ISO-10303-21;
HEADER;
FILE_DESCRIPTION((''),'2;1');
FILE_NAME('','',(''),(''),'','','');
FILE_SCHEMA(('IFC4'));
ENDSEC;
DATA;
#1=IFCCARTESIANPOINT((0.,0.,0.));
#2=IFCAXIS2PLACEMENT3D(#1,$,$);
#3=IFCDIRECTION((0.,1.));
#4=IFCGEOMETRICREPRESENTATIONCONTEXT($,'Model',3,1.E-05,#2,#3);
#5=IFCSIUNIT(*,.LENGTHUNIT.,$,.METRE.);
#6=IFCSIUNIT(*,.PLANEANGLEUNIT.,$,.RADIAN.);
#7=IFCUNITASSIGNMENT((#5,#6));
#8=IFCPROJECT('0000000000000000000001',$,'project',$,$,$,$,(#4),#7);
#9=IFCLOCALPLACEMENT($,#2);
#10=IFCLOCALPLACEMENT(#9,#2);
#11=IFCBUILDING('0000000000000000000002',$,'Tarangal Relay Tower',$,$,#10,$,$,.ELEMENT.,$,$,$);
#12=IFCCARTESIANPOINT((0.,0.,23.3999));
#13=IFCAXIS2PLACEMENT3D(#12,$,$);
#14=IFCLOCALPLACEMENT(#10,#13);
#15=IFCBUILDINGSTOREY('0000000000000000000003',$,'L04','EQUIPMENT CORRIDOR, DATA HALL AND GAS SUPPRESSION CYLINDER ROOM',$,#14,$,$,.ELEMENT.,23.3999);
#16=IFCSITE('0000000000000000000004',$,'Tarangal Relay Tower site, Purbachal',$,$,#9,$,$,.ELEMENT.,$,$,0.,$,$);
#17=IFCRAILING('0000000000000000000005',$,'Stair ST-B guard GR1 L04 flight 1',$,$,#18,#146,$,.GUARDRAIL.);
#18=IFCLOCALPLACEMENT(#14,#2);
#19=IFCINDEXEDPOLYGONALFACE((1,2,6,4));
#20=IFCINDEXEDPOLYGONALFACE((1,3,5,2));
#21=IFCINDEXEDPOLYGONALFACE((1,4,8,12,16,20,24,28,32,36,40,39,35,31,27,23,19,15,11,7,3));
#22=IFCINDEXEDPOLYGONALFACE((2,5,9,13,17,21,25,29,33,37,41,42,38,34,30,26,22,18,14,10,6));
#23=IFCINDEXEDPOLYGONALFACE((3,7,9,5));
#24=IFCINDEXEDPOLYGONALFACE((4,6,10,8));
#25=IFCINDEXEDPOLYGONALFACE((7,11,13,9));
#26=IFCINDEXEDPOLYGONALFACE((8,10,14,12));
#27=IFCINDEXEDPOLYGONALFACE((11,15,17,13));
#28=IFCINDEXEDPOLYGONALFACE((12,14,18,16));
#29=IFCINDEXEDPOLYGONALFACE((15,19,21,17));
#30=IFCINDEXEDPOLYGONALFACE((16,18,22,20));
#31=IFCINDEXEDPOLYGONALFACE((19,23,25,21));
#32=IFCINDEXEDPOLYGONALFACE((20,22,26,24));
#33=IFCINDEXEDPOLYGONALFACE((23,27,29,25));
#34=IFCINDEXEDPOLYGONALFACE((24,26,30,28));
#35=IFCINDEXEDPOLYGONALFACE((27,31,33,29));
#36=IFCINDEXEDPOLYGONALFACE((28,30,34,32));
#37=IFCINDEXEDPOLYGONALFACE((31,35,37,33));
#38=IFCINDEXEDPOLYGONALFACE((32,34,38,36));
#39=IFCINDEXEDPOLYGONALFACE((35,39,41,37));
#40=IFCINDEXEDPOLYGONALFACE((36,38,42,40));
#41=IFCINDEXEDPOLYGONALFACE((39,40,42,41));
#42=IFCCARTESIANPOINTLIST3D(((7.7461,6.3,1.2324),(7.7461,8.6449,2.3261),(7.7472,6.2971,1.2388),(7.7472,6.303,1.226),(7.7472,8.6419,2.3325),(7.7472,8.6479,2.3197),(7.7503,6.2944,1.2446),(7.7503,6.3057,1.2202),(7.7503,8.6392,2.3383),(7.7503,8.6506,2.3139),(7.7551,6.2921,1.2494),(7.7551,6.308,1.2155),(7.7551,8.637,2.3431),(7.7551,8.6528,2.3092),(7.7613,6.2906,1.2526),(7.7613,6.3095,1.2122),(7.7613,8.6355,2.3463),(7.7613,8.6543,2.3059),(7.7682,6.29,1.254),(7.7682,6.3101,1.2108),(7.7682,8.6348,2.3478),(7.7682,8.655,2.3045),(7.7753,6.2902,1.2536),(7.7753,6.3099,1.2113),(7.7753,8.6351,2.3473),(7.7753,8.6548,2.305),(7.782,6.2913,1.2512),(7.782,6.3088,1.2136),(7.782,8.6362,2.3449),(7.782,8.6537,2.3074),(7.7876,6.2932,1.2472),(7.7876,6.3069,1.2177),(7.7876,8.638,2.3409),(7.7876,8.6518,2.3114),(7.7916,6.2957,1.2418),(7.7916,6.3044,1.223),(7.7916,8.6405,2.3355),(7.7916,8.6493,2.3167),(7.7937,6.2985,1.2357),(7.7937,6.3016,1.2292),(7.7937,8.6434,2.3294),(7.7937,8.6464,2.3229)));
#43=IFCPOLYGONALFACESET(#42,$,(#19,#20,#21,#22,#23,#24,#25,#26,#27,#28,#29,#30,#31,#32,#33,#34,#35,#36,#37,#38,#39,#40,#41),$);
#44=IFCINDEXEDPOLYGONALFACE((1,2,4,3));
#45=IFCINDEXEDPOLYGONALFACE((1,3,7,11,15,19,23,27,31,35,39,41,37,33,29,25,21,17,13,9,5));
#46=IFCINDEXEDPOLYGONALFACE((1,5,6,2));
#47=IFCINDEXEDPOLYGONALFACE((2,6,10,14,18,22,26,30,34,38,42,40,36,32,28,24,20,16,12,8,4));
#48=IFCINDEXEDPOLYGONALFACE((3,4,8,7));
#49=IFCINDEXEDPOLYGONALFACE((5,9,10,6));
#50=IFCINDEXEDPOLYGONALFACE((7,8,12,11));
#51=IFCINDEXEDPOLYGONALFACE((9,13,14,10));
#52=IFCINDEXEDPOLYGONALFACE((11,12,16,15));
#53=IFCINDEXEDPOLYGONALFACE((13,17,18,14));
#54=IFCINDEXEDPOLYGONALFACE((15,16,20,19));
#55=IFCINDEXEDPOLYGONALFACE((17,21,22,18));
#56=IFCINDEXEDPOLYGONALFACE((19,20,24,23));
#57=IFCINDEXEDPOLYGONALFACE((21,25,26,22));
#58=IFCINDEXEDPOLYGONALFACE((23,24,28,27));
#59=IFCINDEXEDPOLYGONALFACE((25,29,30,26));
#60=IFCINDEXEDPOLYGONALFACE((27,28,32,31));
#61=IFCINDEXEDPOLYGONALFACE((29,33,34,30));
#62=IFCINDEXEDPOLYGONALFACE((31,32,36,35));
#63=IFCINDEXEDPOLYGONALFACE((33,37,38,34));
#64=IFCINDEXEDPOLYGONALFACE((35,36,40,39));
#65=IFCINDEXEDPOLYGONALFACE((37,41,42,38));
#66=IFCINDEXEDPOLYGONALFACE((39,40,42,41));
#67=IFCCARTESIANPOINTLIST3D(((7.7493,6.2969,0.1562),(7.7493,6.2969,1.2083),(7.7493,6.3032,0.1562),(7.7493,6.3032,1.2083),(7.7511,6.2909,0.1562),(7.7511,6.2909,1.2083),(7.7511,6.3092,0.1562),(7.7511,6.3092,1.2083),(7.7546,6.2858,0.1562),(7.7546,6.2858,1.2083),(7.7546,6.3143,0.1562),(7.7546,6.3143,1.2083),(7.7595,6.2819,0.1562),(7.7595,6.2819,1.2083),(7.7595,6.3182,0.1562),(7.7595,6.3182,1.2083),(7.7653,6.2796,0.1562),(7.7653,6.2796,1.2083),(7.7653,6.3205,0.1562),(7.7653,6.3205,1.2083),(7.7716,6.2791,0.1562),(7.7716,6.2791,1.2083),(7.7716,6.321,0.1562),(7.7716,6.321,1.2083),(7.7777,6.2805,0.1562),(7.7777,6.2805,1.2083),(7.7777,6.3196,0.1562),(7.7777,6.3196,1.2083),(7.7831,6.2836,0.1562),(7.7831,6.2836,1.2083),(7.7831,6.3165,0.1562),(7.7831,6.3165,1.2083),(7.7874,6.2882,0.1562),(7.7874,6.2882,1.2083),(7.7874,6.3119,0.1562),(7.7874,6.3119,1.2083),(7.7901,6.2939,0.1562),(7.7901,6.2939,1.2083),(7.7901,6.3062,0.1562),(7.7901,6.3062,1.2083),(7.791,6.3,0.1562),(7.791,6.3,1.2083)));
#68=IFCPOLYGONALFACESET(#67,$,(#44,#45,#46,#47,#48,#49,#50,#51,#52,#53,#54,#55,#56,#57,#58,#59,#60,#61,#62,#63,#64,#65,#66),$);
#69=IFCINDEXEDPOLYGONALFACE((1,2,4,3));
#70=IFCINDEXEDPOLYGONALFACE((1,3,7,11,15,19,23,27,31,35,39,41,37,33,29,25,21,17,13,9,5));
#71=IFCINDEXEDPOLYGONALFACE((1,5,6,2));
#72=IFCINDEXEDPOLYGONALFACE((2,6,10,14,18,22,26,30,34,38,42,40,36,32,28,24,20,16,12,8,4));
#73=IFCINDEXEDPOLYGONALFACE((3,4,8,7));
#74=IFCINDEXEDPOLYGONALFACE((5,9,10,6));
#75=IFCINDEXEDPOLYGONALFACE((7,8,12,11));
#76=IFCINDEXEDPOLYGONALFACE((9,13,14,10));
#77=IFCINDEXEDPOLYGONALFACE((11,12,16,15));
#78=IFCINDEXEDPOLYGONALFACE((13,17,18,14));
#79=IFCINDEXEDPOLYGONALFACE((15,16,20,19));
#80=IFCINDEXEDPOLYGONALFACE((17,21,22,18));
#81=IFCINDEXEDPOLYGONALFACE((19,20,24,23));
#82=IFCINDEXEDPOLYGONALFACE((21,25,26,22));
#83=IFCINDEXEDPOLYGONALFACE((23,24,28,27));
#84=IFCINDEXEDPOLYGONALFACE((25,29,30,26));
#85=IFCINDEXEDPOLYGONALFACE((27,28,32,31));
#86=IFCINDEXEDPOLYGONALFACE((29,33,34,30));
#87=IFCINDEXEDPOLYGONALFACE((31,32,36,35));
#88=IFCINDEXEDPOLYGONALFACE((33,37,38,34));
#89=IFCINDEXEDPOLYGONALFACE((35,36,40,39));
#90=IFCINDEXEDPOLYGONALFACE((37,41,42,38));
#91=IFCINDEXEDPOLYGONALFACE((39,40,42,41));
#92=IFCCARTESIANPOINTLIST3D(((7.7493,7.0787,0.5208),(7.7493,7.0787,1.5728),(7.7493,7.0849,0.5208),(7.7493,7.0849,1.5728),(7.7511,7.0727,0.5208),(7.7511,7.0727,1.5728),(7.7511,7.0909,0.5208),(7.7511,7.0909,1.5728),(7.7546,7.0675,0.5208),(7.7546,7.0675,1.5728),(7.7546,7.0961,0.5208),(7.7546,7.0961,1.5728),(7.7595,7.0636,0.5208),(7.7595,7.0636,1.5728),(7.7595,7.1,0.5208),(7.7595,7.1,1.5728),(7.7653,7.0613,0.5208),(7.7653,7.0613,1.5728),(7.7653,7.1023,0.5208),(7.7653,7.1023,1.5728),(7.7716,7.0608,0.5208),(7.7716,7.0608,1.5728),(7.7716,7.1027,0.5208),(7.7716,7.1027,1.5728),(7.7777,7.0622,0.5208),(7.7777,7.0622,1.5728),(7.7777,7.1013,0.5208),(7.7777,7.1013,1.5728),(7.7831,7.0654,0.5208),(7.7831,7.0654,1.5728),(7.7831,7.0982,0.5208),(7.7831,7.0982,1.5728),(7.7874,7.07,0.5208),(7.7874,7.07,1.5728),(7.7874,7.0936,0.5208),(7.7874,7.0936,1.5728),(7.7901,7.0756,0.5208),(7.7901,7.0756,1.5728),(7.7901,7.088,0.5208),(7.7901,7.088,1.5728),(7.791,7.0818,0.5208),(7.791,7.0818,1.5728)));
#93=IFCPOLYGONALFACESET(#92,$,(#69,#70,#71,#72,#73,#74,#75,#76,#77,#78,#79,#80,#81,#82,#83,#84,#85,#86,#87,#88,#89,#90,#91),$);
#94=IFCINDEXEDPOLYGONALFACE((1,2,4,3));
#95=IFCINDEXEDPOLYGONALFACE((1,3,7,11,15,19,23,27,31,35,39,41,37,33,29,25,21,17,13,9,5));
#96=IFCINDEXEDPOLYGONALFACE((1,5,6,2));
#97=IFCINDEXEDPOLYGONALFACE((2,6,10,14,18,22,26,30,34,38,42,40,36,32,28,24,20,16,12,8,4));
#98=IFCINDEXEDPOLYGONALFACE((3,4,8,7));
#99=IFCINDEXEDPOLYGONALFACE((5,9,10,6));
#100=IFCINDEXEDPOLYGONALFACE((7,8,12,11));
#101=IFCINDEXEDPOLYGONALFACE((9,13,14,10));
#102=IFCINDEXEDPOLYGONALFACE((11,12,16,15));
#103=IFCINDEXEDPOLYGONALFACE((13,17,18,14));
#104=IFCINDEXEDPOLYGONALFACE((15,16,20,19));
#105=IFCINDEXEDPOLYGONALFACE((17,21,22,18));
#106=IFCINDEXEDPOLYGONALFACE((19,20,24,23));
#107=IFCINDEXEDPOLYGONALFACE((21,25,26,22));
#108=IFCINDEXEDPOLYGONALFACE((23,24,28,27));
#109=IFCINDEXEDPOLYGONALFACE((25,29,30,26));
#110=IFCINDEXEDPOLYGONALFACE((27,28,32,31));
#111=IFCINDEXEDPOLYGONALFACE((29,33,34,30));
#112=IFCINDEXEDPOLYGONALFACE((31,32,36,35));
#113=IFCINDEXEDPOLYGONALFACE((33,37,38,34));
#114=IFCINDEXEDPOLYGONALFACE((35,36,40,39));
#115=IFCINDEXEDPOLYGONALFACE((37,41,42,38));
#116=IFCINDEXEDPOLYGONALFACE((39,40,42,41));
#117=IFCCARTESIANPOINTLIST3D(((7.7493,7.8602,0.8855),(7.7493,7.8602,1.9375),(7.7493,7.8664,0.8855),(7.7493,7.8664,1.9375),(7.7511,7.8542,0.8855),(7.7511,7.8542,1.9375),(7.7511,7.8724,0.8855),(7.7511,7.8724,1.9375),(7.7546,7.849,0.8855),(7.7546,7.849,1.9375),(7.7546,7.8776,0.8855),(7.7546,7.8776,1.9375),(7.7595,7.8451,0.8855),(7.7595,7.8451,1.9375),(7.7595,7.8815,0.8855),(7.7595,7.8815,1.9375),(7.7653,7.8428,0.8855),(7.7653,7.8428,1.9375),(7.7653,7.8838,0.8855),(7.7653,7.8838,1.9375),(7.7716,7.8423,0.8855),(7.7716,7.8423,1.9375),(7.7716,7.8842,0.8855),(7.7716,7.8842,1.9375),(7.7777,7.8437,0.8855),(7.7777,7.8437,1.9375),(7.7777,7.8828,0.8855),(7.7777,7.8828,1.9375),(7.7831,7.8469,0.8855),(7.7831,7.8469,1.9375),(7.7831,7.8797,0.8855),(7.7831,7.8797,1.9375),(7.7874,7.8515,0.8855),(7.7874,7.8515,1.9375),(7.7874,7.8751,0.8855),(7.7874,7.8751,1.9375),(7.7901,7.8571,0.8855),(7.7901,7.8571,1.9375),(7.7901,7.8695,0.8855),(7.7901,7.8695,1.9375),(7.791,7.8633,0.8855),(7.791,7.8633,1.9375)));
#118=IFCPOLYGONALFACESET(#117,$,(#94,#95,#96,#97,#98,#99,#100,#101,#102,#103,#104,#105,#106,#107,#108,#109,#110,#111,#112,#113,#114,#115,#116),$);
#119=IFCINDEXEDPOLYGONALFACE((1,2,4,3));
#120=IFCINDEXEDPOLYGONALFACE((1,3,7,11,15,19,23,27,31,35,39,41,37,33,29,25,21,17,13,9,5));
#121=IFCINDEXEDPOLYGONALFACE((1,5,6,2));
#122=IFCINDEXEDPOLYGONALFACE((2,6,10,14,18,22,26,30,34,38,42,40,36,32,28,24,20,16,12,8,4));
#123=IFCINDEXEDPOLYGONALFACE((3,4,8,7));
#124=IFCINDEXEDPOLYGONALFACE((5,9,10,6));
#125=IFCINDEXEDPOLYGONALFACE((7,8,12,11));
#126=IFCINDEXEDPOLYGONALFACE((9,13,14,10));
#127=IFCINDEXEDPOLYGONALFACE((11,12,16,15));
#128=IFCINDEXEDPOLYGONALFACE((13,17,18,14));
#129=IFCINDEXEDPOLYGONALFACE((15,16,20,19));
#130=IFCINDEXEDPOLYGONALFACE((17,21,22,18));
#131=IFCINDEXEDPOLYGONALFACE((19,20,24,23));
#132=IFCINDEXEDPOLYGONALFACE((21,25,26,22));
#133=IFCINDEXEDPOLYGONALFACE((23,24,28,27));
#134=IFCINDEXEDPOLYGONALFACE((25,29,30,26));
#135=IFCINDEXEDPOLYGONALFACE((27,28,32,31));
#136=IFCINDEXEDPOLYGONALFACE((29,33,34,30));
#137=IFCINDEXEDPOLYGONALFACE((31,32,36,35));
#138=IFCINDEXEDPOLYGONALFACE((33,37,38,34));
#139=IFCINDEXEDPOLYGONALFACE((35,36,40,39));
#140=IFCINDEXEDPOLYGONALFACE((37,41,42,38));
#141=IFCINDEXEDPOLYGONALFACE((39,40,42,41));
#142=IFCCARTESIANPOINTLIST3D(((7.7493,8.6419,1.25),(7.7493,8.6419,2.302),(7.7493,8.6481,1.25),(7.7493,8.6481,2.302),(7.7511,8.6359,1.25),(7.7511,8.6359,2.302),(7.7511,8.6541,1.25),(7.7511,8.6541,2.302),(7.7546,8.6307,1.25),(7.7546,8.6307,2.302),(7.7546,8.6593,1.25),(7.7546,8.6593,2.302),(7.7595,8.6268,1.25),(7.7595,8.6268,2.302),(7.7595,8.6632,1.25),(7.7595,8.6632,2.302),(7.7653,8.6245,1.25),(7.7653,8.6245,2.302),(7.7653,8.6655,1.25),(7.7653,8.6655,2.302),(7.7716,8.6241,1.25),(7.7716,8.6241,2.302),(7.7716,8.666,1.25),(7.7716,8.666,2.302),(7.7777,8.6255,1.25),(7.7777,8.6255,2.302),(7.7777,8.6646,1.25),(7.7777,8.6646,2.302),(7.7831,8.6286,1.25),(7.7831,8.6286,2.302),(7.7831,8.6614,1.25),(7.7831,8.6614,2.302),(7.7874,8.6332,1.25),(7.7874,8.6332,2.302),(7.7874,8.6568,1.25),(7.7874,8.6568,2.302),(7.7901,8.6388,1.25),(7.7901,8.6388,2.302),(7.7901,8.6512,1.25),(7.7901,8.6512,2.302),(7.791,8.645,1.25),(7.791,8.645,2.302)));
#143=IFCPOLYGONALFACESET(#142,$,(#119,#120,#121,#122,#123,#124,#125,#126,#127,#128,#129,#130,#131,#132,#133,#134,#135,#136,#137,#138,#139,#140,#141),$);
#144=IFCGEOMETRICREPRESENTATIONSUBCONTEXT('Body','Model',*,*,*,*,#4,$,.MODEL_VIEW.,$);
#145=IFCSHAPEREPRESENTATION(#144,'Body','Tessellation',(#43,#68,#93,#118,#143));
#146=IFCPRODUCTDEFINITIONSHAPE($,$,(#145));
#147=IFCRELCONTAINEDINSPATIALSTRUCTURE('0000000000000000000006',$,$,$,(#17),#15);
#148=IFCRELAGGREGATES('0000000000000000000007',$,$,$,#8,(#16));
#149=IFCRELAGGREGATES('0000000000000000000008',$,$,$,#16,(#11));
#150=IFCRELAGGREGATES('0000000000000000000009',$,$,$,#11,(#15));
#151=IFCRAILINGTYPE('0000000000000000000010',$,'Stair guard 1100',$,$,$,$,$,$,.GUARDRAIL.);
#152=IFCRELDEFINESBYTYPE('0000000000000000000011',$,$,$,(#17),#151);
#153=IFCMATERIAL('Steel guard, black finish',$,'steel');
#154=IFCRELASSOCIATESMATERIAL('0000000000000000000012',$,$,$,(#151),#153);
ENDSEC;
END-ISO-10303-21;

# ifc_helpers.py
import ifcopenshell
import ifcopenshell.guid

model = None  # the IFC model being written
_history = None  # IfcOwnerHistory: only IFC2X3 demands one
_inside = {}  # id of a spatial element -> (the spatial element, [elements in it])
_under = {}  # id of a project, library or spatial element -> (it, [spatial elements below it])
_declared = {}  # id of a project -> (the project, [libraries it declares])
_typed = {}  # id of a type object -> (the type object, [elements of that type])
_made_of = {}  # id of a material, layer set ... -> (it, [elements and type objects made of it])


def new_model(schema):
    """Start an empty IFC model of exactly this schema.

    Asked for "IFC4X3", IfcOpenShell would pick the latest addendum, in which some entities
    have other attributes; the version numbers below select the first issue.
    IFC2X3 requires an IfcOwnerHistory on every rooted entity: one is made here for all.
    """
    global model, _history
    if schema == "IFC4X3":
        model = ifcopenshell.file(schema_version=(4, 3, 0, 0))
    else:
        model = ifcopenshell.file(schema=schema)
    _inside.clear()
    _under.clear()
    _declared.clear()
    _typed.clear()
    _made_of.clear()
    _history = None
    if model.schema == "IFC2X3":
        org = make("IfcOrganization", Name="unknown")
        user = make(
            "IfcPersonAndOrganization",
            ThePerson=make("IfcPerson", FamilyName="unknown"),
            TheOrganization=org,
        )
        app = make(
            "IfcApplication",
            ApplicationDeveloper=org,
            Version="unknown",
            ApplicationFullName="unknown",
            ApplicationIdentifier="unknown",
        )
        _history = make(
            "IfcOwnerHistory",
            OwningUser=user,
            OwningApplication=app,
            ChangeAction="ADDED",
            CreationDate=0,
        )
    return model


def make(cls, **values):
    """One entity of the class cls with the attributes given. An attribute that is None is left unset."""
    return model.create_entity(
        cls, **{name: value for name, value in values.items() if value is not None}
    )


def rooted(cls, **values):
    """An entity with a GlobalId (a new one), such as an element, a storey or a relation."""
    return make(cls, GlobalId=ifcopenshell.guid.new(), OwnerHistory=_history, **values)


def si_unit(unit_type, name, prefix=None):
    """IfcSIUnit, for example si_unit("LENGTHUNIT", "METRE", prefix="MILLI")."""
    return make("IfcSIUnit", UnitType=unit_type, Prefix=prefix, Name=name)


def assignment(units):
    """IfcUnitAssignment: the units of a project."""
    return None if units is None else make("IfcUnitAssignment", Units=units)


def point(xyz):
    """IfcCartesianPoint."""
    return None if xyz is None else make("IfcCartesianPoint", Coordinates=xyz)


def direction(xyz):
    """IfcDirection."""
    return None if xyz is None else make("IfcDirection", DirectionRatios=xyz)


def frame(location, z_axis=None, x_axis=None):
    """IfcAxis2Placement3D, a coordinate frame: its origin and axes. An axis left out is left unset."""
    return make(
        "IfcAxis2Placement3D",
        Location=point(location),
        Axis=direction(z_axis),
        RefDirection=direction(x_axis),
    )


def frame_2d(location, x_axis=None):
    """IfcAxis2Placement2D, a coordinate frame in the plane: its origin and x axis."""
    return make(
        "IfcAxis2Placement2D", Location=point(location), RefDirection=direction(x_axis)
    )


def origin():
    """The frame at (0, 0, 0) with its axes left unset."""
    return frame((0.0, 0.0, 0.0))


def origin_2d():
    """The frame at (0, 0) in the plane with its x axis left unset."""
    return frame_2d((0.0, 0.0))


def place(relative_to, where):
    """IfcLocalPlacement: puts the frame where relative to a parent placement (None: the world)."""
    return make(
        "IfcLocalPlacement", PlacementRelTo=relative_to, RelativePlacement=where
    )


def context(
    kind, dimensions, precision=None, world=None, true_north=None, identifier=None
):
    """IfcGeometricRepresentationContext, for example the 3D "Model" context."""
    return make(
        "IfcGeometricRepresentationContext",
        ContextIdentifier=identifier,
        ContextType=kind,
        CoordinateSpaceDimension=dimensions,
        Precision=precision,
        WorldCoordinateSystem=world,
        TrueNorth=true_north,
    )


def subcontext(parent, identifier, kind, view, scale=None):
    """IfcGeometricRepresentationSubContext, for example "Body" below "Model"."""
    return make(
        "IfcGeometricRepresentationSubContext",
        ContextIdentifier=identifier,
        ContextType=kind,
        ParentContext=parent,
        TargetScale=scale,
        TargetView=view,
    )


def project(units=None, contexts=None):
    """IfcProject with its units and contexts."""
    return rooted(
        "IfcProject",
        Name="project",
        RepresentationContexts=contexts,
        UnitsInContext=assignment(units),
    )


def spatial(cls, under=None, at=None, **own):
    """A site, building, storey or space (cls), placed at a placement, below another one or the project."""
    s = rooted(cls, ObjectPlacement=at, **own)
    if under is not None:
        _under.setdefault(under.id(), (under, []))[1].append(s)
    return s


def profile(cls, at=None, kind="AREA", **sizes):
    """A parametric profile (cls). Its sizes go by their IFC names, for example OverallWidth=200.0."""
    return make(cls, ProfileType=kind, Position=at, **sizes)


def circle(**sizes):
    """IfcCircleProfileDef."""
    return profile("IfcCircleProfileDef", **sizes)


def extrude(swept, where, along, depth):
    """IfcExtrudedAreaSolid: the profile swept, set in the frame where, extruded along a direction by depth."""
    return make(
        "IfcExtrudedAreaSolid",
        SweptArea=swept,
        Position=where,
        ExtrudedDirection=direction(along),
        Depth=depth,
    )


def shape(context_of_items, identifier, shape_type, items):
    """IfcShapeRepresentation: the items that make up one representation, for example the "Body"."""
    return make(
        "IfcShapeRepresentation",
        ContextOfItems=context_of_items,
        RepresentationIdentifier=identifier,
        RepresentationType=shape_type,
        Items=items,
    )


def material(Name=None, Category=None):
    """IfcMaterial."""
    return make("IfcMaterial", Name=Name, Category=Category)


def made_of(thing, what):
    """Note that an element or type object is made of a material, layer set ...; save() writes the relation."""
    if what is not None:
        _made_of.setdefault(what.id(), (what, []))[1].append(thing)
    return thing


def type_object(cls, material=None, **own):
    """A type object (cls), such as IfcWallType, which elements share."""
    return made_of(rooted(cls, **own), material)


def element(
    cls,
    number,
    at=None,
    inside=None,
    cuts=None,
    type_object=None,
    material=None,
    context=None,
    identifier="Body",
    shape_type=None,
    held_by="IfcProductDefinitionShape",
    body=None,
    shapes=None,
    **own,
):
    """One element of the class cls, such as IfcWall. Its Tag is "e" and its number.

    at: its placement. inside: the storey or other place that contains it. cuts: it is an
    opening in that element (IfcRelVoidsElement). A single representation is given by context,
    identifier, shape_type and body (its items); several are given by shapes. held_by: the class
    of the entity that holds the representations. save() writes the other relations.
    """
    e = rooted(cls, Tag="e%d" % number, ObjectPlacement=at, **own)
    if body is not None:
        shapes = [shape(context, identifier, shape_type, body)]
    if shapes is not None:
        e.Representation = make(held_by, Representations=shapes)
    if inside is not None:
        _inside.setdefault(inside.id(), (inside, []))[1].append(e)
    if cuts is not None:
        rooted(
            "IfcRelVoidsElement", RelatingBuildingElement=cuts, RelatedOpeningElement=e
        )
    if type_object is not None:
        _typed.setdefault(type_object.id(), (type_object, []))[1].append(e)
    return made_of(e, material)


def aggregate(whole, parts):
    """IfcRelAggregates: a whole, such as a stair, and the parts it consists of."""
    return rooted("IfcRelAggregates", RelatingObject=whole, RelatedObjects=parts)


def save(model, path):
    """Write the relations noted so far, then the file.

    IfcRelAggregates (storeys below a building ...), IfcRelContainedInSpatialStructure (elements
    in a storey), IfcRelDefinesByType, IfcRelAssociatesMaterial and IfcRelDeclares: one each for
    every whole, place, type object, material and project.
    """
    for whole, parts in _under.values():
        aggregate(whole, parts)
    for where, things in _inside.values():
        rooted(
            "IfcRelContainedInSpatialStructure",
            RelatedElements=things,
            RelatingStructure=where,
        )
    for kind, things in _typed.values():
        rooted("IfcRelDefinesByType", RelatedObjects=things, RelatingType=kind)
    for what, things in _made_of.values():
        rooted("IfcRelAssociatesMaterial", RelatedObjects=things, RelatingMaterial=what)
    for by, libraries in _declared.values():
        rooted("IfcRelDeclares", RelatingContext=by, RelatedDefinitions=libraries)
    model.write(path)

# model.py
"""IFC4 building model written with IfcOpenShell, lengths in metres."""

from ifc_helpers import new_model, si_unit, direction, frame, origin, origin_2d, place, context, subcontext, project, spatial, circle, extrude, material, type_object, element, save


model = new_model("IFC4")

# Units and contexts
model_context = context("Model", 3, precision=1e-05, world=origin(), true_north=direction((0.0, 1.0)))
body_context = subcontext(model_context, "Body", "Model", "MODEL_VIEW")
ifc_project = project(units=[si_unit("LENGTHUNIT", "METRE"), si_unit("PLANEANGLEUNIT", "RADIAN")], contexts=[model_context])

# Site, building, storey
site_placement = place(None, origin())
site = spatial("IfcSite", under=ifc_project, at=site_placement, Name="Tarangal Relay Tower site, Purbachal", CompositionType="ELEMENT", RefElevation=0.0)
building_placement = place(site_placement, origin())
building = spatial("IfcBuilding", under=site, at=building_placement, Name="Tarangal Relay Tower", CompositionType="ELEMENT")
storey_placement = place(building_placement, frame((0.0, 0.0, 23.3999)))
storey = spatial("IfcBuildingStorey", under=building, at=storey_placement, Name="L04", Description="EQUIPMENT CORRIDOR, DATA HALL AND GAS SUPPRESSION CYLINDER ROOM", CompositionType="ELEMENT", Elevation=23.3999)

# Railing
ifc_material_1 = material(Name="Steel guard, black finish", Category="steel")
railing_type_1 = type_object("IfcRailingType", Name="Stair guard 1100", PredefinedType="GUARDRAIL", material=ifc_material_1)
for number, where, name in (
    (1, (7.77, 6.3, 0.1562), "Stair ST-B guard GR1 L04 flight 1"),
):
    element("IfcRailing", number, at=place(storey_placement, frame(where)), inside=storey, type_object=railing_type_1, Name=name, PredefinedType="GUARDRAIL", context=body_context, shape_type="SweptSolid", body=[
        extrude(circle(Radius=0.0239, at=origin_2d()), frame((0.0, 0.0, 1.0762), z_axis=(0.0, 0.906267, 0.422705), x_axis=(-1.0, 0.0, 0.0)), (0.0, 0.0, 1.0), 2.5874),
        extrude(circle(Radius=0.021, at=origin_2d()), origin(), (0.0, 0.0, 1.0), 1.052),
        extrude(circle(Radius=0.021, at=origin_2d()), frame((0.0, 0.7817, 0.3645)), (0.0, 0.0, 1.0), 1.052),
        extrude(circle(Radius=0.021, at=origin_2d()), frame((0.0, 1.5632, 0.7292)), (0.0, 0.0, 1.0), 1.052),
        extrude(circle(Radius=0.021, at=origin_2d()), frame((0.0, 2.345, 1.0938)), (0.0, 0.0, 1.0), 1.052),
    ])

save(model, "model.ifc")
